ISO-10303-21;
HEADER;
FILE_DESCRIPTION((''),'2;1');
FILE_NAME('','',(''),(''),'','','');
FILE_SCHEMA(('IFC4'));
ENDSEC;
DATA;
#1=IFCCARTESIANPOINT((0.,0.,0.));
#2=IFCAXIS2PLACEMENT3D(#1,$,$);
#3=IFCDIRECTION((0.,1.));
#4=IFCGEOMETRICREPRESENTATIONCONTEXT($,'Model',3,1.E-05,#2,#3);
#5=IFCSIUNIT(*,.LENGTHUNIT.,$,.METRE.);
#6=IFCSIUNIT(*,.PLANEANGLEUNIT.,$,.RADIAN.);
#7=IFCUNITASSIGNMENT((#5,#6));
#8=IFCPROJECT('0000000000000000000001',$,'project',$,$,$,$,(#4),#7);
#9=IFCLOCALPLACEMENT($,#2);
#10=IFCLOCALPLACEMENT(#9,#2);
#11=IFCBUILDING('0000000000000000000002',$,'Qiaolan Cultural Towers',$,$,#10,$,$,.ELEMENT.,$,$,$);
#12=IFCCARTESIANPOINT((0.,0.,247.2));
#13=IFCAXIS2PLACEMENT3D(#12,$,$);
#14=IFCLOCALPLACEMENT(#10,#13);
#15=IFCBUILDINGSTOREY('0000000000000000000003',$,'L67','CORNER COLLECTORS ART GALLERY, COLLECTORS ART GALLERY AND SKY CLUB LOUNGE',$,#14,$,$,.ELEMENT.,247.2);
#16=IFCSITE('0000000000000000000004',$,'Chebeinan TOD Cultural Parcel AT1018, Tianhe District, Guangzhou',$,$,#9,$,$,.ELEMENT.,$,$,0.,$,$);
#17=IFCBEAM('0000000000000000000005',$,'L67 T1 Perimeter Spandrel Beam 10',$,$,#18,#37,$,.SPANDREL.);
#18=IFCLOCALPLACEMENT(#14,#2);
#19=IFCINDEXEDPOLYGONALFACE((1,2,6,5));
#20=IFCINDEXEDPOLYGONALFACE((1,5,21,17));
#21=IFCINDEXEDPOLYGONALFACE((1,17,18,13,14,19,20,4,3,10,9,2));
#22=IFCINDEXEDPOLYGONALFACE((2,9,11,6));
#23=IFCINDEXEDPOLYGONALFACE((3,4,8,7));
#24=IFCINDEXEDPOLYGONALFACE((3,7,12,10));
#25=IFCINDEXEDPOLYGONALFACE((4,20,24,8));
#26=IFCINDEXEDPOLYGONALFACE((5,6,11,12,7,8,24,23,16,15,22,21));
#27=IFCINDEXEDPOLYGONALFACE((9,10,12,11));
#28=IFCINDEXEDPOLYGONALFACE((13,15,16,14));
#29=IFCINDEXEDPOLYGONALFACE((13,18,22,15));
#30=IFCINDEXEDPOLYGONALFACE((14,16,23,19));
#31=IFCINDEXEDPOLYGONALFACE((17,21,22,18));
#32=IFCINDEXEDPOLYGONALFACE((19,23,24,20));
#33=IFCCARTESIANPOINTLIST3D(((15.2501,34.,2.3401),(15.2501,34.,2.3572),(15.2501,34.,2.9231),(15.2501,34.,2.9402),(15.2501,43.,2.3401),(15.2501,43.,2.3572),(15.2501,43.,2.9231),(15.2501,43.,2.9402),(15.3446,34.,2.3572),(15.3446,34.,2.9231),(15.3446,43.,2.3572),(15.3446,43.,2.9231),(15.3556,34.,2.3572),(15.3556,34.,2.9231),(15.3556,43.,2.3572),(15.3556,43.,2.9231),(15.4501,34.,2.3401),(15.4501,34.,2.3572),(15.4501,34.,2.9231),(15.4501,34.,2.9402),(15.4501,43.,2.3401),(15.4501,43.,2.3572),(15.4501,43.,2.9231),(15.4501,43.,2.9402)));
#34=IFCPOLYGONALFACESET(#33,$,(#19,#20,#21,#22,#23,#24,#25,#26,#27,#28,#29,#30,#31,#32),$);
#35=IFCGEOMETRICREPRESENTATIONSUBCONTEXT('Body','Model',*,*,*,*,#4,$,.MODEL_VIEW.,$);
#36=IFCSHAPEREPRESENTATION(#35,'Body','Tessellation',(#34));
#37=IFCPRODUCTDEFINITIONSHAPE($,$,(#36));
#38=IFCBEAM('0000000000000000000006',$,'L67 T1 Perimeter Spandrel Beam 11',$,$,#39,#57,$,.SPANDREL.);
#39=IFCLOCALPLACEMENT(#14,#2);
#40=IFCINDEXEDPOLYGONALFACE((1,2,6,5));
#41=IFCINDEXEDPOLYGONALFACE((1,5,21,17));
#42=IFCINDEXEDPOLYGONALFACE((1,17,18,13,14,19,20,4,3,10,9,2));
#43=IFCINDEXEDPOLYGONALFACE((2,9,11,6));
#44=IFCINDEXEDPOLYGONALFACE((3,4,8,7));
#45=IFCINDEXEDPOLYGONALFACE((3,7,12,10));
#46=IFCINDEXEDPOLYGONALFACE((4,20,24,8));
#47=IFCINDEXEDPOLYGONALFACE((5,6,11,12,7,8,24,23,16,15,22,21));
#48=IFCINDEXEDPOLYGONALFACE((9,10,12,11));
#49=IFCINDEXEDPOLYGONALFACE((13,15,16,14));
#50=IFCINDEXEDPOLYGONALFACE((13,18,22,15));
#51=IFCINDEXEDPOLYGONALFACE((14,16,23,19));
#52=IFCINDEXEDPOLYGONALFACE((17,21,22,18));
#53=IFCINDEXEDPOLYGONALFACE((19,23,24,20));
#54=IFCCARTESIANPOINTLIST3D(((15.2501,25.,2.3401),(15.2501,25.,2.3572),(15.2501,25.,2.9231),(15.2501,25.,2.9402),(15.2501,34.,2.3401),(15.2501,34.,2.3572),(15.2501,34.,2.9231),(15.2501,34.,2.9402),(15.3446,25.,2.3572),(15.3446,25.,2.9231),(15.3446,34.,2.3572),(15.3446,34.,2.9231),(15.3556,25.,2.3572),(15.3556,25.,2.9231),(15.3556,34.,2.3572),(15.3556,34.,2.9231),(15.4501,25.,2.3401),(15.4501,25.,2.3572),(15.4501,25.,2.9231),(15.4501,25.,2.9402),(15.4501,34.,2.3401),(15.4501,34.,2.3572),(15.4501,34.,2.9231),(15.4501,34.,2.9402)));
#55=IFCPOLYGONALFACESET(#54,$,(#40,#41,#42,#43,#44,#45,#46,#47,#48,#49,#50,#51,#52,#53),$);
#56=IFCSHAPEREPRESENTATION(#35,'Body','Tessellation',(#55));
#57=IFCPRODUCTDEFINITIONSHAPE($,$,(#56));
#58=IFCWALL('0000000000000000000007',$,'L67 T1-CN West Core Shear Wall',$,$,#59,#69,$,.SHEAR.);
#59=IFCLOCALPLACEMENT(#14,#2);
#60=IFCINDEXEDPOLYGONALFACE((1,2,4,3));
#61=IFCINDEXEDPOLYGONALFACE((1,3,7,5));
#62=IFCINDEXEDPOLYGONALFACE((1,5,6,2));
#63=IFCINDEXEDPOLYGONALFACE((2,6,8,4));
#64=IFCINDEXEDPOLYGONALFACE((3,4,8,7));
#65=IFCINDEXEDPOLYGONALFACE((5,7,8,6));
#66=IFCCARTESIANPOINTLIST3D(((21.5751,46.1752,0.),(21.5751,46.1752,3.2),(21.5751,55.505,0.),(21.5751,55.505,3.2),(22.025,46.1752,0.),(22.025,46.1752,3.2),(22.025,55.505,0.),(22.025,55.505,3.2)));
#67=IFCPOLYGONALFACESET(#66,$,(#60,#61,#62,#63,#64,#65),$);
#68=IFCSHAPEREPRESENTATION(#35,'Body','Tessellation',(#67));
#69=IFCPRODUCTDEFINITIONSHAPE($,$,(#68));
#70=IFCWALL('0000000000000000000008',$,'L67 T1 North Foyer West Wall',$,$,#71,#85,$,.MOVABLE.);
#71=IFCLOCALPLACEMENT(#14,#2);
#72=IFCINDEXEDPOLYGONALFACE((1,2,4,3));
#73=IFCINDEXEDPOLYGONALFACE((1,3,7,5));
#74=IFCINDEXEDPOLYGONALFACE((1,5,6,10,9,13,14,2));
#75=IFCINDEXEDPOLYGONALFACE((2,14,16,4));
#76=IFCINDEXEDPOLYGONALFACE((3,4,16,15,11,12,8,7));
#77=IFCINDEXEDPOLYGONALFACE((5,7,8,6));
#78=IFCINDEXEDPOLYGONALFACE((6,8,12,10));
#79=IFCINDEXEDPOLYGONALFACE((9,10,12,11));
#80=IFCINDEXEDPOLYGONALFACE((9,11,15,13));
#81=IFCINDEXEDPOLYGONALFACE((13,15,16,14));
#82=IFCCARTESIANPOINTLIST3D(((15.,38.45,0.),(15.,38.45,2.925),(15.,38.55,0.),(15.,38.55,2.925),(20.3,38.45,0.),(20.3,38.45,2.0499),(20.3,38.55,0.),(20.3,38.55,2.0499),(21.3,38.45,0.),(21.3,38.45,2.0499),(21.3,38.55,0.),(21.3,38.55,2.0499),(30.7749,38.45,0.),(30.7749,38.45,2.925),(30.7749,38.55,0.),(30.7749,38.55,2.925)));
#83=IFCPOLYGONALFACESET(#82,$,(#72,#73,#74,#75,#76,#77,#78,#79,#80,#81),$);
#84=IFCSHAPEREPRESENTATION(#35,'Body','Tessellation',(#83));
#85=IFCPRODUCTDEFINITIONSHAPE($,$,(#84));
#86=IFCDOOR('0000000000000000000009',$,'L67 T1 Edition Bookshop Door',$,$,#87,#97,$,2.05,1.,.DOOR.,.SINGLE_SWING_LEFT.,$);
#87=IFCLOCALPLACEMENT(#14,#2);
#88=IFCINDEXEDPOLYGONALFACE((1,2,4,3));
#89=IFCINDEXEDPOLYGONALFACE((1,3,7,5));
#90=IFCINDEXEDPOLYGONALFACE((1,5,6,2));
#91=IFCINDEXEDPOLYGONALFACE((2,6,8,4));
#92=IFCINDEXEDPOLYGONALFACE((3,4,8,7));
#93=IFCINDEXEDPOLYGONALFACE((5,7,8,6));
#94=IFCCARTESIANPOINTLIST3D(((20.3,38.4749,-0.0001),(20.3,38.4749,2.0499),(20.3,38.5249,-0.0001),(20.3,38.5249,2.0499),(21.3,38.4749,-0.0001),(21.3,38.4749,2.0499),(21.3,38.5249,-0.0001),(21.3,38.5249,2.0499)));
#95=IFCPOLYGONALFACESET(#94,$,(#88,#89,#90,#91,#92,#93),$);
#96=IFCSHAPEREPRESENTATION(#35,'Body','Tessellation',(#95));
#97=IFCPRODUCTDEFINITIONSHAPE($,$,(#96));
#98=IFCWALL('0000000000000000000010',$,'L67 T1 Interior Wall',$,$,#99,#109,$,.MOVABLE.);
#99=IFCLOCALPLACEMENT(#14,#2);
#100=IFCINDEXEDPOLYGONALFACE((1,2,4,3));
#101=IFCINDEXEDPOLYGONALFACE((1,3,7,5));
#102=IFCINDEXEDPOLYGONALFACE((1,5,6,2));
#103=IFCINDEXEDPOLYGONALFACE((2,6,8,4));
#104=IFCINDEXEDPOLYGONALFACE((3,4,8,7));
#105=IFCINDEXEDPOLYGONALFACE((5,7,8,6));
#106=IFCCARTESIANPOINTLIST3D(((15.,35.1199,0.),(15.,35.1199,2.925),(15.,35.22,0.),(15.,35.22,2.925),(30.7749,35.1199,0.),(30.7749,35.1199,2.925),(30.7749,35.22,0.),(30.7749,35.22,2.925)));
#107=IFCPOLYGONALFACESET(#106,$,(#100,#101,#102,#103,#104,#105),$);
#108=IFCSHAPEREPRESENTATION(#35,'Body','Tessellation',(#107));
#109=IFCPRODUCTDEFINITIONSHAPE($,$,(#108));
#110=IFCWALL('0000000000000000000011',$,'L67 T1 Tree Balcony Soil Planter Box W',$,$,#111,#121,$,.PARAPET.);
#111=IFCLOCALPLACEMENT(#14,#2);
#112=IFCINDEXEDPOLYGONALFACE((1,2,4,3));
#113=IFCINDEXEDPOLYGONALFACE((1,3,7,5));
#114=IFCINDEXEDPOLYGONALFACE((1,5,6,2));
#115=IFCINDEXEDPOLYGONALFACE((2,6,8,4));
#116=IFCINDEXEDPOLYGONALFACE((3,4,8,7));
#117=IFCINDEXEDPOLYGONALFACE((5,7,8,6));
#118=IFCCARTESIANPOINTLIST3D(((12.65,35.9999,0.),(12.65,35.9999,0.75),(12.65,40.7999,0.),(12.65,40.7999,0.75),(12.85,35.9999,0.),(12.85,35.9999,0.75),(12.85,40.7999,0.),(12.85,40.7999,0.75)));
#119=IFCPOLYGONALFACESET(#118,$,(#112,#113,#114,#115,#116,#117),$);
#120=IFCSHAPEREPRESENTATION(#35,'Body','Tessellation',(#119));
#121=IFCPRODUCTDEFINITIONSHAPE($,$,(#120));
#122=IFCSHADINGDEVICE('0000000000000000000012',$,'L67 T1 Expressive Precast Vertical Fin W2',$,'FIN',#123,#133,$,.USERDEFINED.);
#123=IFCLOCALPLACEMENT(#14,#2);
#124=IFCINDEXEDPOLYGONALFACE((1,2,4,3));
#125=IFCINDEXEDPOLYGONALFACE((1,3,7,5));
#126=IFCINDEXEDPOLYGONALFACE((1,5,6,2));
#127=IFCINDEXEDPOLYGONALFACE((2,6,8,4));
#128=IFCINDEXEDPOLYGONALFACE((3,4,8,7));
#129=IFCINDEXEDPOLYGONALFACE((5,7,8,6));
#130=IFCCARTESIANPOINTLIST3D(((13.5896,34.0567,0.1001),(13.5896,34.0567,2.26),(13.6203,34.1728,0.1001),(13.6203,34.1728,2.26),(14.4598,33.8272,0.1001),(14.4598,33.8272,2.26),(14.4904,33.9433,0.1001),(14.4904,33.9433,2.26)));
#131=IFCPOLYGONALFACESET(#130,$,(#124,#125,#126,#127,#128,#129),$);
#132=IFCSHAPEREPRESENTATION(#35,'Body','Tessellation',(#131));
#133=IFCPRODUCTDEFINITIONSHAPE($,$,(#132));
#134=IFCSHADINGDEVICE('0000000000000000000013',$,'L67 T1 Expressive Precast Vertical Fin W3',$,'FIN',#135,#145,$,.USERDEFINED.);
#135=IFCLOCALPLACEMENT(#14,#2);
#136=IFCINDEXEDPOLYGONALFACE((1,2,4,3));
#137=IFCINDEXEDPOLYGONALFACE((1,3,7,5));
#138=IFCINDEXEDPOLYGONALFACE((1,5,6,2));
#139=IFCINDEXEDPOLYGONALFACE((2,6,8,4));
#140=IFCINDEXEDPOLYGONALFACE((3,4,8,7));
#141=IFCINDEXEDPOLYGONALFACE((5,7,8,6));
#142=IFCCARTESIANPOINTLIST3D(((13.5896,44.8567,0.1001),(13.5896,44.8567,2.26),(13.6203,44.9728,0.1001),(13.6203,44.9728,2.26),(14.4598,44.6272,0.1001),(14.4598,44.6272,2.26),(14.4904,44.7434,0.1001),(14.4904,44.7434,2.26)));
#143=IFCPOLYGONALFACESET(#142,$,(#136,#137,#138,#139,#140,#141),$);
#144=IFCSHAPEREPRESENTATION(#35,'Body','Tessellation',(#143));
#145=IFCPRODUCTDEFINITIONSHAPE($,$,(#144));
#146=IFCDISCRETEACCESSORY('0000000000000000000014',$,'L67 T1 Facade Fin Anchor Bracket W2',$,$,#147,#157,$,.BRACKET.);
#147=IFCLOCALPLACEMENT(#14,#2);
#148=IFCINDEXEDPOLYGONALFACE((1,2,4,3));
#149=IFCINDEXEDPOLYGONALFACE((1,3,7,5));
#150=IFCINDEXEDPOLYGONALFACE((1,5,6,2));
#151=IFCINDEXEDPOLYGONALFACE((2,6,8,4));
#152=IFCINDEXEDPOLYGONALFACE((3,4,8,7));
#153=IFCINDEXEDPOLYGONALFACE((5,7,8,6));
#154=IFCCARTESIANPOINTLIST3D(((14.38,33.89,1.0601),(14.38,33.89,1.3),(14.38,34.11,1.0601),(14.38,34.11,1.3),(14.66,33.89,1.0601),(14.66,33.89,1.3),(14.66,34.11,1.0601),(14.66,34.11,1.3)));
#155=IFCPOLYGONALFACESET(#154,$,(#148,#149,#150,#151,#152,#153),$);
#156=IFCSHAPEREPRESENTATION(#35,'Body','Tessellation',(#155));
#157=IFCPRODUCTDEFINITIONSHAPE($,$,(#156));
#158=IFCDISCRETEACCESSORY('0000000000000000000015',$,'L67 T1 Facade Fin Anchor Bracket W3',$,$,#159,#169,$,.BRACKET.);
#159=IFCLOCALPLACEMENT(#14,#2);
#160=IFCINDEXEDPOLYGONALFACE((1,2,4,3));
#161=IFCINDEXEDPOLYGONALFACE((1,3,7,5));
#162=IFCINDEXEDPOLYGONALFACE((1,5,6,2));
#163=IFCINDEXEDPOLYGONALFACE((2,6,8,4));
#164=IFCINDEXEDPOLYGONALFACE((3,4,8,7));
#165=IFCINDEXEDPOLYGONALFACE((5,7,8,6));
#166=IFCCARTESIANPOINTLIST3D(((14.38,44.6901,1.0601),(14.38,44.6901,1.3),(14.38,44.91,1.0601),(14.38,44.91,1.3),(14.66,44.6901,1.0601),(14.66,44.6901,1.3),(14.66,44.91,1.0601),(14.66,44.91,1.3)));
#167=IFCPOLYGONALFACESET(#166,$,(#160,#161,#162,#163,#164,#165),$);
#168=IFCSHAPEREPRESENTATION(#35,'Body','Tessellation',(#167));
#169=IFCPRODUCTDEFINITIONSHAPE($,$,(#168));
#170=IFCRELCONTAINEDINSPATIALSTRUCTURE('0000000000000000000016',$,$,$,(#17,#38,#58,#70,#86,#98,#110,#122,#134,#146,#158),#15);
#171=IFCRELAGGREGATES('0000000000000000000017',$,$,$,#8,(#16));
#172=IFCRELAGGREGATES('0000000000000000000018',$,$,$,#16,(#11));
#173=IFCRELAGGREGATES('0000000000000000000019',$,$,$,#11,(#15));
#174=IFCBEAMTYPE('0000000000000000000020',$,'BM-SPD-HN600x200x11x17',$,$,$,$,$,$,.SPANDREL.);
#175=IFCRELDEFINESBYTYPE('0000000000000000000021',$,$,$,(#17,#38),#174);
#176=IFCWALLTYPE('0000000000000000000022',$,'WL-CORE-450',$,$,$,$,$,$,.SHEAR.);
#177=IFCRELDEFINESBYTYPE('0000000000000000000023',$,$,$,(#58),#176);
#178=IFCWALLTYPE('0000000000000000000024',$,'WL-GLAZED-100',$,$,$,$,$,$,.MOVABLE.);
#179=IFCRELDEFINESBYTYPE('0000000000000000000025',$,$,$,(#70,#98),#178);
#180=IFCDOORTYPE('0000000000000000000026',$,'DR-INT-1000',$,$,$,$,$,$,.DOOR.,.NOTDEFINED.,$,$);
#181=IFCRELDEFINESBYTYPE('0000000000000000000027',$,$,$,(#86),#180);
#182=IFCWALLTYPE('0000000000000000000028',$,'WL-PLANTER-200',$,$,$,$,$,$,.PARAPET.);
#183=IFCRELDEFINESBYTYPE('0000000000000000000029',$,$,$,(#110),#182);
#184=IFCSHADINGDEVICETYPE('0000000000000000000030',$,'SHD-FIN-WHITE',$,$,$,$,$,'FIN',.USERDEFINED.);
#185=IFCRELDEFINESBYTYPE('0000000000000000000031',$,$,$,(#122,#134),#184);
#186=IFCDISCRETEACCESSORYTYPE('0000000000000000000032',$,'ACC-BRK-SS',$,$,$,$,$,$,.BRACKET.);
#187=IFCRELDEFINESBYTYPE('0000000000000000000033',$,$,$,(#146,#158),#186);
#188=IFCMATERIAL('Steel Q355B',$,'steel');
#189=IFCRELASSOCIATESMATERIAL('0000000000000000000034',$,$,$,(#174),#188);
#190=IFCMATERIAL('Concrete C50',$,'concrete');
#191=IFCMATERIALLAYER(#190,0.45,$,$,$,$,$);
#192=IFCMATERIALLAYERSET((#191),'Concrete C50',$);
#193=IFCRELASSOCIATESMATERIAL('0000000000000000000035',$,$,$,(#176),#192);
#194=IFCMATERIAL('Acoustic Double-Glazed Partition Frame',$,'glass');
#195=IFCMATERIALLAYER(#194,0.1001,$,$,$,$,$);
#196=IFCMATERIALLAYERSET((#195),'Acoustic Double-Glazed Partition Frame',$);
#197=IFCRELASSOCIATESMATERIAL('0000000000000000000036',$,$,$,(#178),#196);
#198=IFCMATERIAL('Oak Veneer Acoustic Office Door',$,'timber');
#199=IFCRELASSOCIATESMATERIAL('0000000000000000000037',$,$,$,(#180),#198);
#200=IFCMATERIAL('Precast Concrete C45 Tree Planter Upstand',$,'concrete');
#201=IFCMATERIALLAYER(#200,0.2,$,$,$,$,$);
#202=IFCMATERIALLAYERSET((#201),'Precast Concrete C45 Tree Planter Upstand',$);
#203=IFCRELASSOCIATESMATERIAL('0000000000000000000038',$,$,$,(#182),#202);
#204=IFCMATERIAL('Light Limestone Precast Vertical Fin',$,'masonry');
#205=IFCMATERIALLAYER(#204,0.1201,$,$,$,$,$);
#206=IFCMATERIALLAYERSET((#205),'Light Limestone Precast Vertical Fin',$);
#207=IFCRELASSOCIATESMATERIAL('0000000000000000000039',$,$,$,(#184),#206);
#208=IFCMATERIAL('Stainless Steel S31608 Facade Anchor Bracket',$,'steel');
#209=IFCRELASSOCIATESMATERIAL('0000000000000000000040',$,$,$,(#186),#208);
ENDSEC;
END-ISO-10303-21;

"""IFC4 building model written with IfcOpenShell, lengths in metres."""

from ifc_helpers import new_model, si_unit, direction, frame, frame_2d, origin, origin_2d, place, context, subcontext, project, spatial, rectangle, i_section, extrude, material, layer, layer_set, material_profile, profile_set, type_object, element, fill, save


model = new_model("IFC4")

# Units and contexts
model_context = context("Model", 3, precision=1e-05, world=origin(), true_north=direction((0.0, 1.0)))
body_context = subcontext(model_context, "Body", "Model", "MODEL_VIEW")
ifc_project = project(units=[si_unit("LENGTHUNIT", "METRE"), si_unit("PLANEANGLEUNIT", "RADIAN")], contexts=[model_context])

# Site, building, storey
site_placement = place(None, origin())
site = spatial("IfcSite", under=ifc_project, at=site_placement, Name="Chebeinan TOD Cultural Parcel AT1018, Tianhe District, Guangzhou", CompositionType="ELEMENT", RefElevation=0.0)
building_placement = place(site_placement, origin())
building = spatial("IfcBuilding", under=site, at=building_placement, Name="Qiaolan Cultural Towers", CompositionType="ELEMENT")
storey_placement = place(building_placement, frame((0.0, 0.0, 247.2)))
storey = spatial("IfcBuildingStorey", under=building, at=storey_placement, Name="L67", Description="CORNER COLLECTORS ART GALLERY, COLLECTORS ART GALLERY AND SKY CLUB LOUNGE", CompositionType="ELEMENT", Elevation=247.2)

# Beams
ifc_material_1 = material(Name="Steel Q355B", Category="steel")
ifc_material_profile_1 = material_profile(ifc_material_1, i_section(OverallWidth=0.2, OverallDepth=0.6001, WebThickness=0.011, FlangeThickness=0.0171, at=origin_2d()), Name="HN600x200x11x17")
ifc_profile_set_1 = profile_set([ifc_material_profile_1], Name="Steel Q355B")
beam_type_1 = type_object("IfcBeamType", Name="BM-SPD-HN600x200x11x17", PredefinedType="SPANDREL", material=ifc_profile_set_1)
for number, where, z_axis, x_axis, name in (
    (1, (15.3501, 43.0, 2.6401), (0.0, -1.0, 0.0), (1.0, 0.0, 0.0), "L67 T1 Perimeter Spandrel Beam 10"),
    (2, (15.3501, 34.0, 2.6401), (0.0, -1.0, 0.0), (1.0, 0.0, 0.0), "L67 T1 Perimeter Spandrel Beam 11"),
):
    element("IfcBeam", number, at=place(storey_placement, frame(where, z_axis=z_axis, x_axis=x_axis)), inside=storey, type_object=beam_type_1, Name=name, PredefinedType="SPANDREL", context=body_context, shape_type="SweptSolid", body=[
        extrude(i_section(OverallWidth=0.2, OverallDepth=0.6001, WebThickness=0.011, FlangeThickness=0.0171, at=origin_2d()), origin(), (0.0, 0.0, 1.0), 9.0),
    ])

# Wall
ifc_material_2 = material(Name="Concrete C50", Category="concrete")
ifc_layer_1 = layer(ifc_material_2, 0.45)
ifc_layer_set_1 = layer_set([ifc_layer_1], Name="Concrete C50")
wall_type_1 = type_object("IfcWallType", Name="WL-CORE-450", PredefinedType="SHEAR", material=ifc_layer_set_1)
wall_1_placement = place(storey_placement, frame((21.8, 46.175, 0.0), z_axis=(0.0, 0.0, 1.0), x_axis=(0.0, 1.0, 0.0)))
element("IfcWall", 3, at=wall_1_placement, inside=storey, type_object=wall_type_1, Name="L67 T1-CN West Core Shear Wall", PredefinedType="SHEAR", context=body_context, shape_type="SweptSolid", body=[
    extrude(rectangle(XDim=9.3298, YDim=0.45, at=frame_2d((4.665, 0.0))), origin(), (0.0, 0.0, 1.0), 3.2),
])

# Wall, opening, door
ifc_material_3 = material(Name="Acoustic Double-Glazed Partition Frame", Category="glass")
ifc_layer_2 = layer(ifc_material_3, 0.1001)
ifc_layer_set_2 = layer_set([ifc_layer_2], Name="Acoustic Double-Glazed Partition Frame")
wall_type_2 = type_object("IfcWallType", Name="WL-GLAZED-100", PredefinedType="MOVABLE", material=ifc_layer_set_2)
wall_2_placement = place(storey_placement, frame((15.0, 38.5, 0.0), z_axis=(0.0, 0.0, 1.0), x_axis=(1.0, 0.0, 0.0)))
wall_2 = element("IfcWall", 4, at=wall_2_placement, inside=storey, type_object=wall_type_2, Name="L67 T1 North Foyer West Wall", PredefinedType="MOVABLE", context=body_context, shape_type="SweptSolid", body=[
    extrude(rectangle(XDim=15.7749, YDim=0.1001, at=frame_2d((7.8875, 0.0))), origin(), (0.0, 0.0, 1.0), 2.925),
])
opening_placement = place(wall_2_placement, frame((5.3, 0.0, 0.0)))
opening = element("IfcOpeningElement", 5, at=opening_placement, cuts=wall_2, PredefinedType="OPENING", context=body_context, shape_type="SweptSolid", body=[
    extrude(rectangle(XDim=1.0, YDim=2.05, at=frame_2d((0.5, 1.0249))), frame((0.0, 0.0601, 0.0), z_axis=(0.0, -1.0, 0.0), x_axis=(1.0, 0.0, 0.0)), (0.0, 0.0, 1.0), 0.1201),
])
ifc_material_4 = material(Name="Oak Veneer Acoustic Office Door", Category="timber")
door_type = type_object("IfcDoorType", Name="DR-INT-1000", OperationType="NOTDEFINED", PredefinedType="DOOR", material=ifc_material_4)
door_placement = place(opening_placement, origin())
door = element("IfcDoor", 6, at=door_placement, inside=storey, type_object=door_type, Name="L67 T1 Edition Bookshop Door", OperationType="SINGLE_SWING_LEFT", OverallHeight=2.05, OverallWidth=1.0, PredefinedType="DOOR", context=body_context, shape_type="SweptSolid", body=[
    extrude(rectangle(XDim=1.0, YDim=2.05, at=frame_2d((0.5, 1.0249))), frame((0.0, 0.0249, 0.0), z_axis=(0.0, -1.0, 0.0), x_axis=(1.0, 0.0, 0.0)), (0.0, 0.0, 1.0), 0.05),
])
fill(opening, door)

# Walls
wall_3_placement = place(storey_placement, frame((15.0, 35.1699, 0.0), z_axis=(0.0, 0.0, 1.0), x_axis=(1.0, 0.0, 0.0)))
element("IfcWall", 7, at=wall_3_placement, inside=storey, type_object=wall_type_2, Name="L67 T1 Interior Wall", PredefinedType="MOVABLE", context=body_context, shape_type="SweptSolid", body=[
    extrude(rectangle(XDim=15.7749, YDim=0.1001, at=frame_2d((7.8875, 0.0))), origin(), (0.0, 0.0, 1.0), 2.925),
])
ifc_material_5 = material(Name="Precast Concrete C45 Tree Planter Upstand", Category="concrete")
ifc_layer_3 = layer(ifc_material_5, 0.2)
ifc_layer_set_3 = layer_set([ifc_layer_3], Name="Precast Concrete C45 Tree Planter Upstand")
wall_type_3 = type_object("IfcWallType", Name="WL-PLANTER-200", PredefinedType="PARAPET", material=ifc_layer_set_3)
wall_4_placement = place(storey_placement, frame((12.75, 36.0, 0.0), z_axis=(0.0, 0.0, 1.0), x_axis=(0.0, 1.0, 0.0)))
element("IfcWall", 8, at=wall_4_placement, inside=storey, type_object=wall_type_3, Name="L67 T1 Tree Balcony Soil Planter Box W", PredefinedType="PARAPET", context=body_context, shape_type="SweptSolid", body=[
    extrude(rectangle(XDim=4.8, YDim=0.2, at=frame_2d((2.3999, 0.0))), origin(), (0.0, 0.0, 1.0), 0.75),
])

# Shading devices
ifc_material_6 = material(Name="Light Limestone Precast Vertical Fin", Category="masonry")
ifc_layer_4 = layer(ifc_material_6, 0.1201)
ifc_layer_set_4 = layer_set([ifc_layer_4], Name="Light Limestone Precast Vertical Fin")
shading_device_type = type_object("IfcShadingDeviceType", Name="SHD-FIN-WHITE", ElementType="FIN", PredefinedType="USERDEFINED", material=ifc_layer_set_4)
for number, where, z_axis, x_axis, name in (
    (9, (14.04, 34.0, 0.1001), (0.0, 0.0, 1.0), (0.966948, -0.254975, 0.0), "L67 T1 Expressive Precast Vertical Fin W2"),
    (10, (14.04, 44.8, 0.1001), (0.0, 0.0, 1.0), (0.966948, -0.254975, 0.0), "L67 T1 Expressive Precast Vertical Fin W3"),
):
    element("IfcShadingDevice", number, at=place(storey_placement, frame(where, z_axis=z_axis, x_axis=x_axis)), inside=storey, type_object=shading_device_type, Name=name, ObjectType="FIN", PredefinedType="USERDEFINED", context=body_context, shape_type="SweptSolid", body=[
        extrude(rectangle(XDim=0.8999, YDim=0.1201, at=origin_2d()), origin(), (0.0, 0.0, 1.0), 2.1599),
    ])

# Discrete accessories
ifc_material_7 = material(Name="Stainless Steel S31608 Facade Anchor Bracket", Category="steel")
discrete_accessory_type = type_object("IfcDiscreteAccessoryType", Name="ACC-BRK-SS", PredefinedType="BRACKET", material=ifc_material_7)
for number, where, z_axis, x_axis, name in (
    (11, (14.52, 34.0, 1.0601), (0.0, 0.0, 1.0), (1.0, 0.0, 0.0), "L67 T1 Facade Fin Anchor Bracket W2"),
    (12, (14.52, 44.8, 1.0601), (0.0, 0.0, 1.0), (1.0, 0.0, 0.0), "L67 T1 Facade Fin Anchor Bracket W3"),
):
    element("IfcDiscreteAccessory", number, at=place(storey_placement, frame(where, z_axis=z_axis, x_axis=x_axis)), inside=storey, type_object=discrete_accessory_type, Name=name, PredefinedType="BRACKET", context=body_context, shape_type="SweptSolid", body=[
        extrude(rectangle(XDim=0.28, YDim=0.22, at=origin_2d()), origin(), (0.0, 0.0, 1.0), 0.24),
    ])

save(model, "model.ifc")
